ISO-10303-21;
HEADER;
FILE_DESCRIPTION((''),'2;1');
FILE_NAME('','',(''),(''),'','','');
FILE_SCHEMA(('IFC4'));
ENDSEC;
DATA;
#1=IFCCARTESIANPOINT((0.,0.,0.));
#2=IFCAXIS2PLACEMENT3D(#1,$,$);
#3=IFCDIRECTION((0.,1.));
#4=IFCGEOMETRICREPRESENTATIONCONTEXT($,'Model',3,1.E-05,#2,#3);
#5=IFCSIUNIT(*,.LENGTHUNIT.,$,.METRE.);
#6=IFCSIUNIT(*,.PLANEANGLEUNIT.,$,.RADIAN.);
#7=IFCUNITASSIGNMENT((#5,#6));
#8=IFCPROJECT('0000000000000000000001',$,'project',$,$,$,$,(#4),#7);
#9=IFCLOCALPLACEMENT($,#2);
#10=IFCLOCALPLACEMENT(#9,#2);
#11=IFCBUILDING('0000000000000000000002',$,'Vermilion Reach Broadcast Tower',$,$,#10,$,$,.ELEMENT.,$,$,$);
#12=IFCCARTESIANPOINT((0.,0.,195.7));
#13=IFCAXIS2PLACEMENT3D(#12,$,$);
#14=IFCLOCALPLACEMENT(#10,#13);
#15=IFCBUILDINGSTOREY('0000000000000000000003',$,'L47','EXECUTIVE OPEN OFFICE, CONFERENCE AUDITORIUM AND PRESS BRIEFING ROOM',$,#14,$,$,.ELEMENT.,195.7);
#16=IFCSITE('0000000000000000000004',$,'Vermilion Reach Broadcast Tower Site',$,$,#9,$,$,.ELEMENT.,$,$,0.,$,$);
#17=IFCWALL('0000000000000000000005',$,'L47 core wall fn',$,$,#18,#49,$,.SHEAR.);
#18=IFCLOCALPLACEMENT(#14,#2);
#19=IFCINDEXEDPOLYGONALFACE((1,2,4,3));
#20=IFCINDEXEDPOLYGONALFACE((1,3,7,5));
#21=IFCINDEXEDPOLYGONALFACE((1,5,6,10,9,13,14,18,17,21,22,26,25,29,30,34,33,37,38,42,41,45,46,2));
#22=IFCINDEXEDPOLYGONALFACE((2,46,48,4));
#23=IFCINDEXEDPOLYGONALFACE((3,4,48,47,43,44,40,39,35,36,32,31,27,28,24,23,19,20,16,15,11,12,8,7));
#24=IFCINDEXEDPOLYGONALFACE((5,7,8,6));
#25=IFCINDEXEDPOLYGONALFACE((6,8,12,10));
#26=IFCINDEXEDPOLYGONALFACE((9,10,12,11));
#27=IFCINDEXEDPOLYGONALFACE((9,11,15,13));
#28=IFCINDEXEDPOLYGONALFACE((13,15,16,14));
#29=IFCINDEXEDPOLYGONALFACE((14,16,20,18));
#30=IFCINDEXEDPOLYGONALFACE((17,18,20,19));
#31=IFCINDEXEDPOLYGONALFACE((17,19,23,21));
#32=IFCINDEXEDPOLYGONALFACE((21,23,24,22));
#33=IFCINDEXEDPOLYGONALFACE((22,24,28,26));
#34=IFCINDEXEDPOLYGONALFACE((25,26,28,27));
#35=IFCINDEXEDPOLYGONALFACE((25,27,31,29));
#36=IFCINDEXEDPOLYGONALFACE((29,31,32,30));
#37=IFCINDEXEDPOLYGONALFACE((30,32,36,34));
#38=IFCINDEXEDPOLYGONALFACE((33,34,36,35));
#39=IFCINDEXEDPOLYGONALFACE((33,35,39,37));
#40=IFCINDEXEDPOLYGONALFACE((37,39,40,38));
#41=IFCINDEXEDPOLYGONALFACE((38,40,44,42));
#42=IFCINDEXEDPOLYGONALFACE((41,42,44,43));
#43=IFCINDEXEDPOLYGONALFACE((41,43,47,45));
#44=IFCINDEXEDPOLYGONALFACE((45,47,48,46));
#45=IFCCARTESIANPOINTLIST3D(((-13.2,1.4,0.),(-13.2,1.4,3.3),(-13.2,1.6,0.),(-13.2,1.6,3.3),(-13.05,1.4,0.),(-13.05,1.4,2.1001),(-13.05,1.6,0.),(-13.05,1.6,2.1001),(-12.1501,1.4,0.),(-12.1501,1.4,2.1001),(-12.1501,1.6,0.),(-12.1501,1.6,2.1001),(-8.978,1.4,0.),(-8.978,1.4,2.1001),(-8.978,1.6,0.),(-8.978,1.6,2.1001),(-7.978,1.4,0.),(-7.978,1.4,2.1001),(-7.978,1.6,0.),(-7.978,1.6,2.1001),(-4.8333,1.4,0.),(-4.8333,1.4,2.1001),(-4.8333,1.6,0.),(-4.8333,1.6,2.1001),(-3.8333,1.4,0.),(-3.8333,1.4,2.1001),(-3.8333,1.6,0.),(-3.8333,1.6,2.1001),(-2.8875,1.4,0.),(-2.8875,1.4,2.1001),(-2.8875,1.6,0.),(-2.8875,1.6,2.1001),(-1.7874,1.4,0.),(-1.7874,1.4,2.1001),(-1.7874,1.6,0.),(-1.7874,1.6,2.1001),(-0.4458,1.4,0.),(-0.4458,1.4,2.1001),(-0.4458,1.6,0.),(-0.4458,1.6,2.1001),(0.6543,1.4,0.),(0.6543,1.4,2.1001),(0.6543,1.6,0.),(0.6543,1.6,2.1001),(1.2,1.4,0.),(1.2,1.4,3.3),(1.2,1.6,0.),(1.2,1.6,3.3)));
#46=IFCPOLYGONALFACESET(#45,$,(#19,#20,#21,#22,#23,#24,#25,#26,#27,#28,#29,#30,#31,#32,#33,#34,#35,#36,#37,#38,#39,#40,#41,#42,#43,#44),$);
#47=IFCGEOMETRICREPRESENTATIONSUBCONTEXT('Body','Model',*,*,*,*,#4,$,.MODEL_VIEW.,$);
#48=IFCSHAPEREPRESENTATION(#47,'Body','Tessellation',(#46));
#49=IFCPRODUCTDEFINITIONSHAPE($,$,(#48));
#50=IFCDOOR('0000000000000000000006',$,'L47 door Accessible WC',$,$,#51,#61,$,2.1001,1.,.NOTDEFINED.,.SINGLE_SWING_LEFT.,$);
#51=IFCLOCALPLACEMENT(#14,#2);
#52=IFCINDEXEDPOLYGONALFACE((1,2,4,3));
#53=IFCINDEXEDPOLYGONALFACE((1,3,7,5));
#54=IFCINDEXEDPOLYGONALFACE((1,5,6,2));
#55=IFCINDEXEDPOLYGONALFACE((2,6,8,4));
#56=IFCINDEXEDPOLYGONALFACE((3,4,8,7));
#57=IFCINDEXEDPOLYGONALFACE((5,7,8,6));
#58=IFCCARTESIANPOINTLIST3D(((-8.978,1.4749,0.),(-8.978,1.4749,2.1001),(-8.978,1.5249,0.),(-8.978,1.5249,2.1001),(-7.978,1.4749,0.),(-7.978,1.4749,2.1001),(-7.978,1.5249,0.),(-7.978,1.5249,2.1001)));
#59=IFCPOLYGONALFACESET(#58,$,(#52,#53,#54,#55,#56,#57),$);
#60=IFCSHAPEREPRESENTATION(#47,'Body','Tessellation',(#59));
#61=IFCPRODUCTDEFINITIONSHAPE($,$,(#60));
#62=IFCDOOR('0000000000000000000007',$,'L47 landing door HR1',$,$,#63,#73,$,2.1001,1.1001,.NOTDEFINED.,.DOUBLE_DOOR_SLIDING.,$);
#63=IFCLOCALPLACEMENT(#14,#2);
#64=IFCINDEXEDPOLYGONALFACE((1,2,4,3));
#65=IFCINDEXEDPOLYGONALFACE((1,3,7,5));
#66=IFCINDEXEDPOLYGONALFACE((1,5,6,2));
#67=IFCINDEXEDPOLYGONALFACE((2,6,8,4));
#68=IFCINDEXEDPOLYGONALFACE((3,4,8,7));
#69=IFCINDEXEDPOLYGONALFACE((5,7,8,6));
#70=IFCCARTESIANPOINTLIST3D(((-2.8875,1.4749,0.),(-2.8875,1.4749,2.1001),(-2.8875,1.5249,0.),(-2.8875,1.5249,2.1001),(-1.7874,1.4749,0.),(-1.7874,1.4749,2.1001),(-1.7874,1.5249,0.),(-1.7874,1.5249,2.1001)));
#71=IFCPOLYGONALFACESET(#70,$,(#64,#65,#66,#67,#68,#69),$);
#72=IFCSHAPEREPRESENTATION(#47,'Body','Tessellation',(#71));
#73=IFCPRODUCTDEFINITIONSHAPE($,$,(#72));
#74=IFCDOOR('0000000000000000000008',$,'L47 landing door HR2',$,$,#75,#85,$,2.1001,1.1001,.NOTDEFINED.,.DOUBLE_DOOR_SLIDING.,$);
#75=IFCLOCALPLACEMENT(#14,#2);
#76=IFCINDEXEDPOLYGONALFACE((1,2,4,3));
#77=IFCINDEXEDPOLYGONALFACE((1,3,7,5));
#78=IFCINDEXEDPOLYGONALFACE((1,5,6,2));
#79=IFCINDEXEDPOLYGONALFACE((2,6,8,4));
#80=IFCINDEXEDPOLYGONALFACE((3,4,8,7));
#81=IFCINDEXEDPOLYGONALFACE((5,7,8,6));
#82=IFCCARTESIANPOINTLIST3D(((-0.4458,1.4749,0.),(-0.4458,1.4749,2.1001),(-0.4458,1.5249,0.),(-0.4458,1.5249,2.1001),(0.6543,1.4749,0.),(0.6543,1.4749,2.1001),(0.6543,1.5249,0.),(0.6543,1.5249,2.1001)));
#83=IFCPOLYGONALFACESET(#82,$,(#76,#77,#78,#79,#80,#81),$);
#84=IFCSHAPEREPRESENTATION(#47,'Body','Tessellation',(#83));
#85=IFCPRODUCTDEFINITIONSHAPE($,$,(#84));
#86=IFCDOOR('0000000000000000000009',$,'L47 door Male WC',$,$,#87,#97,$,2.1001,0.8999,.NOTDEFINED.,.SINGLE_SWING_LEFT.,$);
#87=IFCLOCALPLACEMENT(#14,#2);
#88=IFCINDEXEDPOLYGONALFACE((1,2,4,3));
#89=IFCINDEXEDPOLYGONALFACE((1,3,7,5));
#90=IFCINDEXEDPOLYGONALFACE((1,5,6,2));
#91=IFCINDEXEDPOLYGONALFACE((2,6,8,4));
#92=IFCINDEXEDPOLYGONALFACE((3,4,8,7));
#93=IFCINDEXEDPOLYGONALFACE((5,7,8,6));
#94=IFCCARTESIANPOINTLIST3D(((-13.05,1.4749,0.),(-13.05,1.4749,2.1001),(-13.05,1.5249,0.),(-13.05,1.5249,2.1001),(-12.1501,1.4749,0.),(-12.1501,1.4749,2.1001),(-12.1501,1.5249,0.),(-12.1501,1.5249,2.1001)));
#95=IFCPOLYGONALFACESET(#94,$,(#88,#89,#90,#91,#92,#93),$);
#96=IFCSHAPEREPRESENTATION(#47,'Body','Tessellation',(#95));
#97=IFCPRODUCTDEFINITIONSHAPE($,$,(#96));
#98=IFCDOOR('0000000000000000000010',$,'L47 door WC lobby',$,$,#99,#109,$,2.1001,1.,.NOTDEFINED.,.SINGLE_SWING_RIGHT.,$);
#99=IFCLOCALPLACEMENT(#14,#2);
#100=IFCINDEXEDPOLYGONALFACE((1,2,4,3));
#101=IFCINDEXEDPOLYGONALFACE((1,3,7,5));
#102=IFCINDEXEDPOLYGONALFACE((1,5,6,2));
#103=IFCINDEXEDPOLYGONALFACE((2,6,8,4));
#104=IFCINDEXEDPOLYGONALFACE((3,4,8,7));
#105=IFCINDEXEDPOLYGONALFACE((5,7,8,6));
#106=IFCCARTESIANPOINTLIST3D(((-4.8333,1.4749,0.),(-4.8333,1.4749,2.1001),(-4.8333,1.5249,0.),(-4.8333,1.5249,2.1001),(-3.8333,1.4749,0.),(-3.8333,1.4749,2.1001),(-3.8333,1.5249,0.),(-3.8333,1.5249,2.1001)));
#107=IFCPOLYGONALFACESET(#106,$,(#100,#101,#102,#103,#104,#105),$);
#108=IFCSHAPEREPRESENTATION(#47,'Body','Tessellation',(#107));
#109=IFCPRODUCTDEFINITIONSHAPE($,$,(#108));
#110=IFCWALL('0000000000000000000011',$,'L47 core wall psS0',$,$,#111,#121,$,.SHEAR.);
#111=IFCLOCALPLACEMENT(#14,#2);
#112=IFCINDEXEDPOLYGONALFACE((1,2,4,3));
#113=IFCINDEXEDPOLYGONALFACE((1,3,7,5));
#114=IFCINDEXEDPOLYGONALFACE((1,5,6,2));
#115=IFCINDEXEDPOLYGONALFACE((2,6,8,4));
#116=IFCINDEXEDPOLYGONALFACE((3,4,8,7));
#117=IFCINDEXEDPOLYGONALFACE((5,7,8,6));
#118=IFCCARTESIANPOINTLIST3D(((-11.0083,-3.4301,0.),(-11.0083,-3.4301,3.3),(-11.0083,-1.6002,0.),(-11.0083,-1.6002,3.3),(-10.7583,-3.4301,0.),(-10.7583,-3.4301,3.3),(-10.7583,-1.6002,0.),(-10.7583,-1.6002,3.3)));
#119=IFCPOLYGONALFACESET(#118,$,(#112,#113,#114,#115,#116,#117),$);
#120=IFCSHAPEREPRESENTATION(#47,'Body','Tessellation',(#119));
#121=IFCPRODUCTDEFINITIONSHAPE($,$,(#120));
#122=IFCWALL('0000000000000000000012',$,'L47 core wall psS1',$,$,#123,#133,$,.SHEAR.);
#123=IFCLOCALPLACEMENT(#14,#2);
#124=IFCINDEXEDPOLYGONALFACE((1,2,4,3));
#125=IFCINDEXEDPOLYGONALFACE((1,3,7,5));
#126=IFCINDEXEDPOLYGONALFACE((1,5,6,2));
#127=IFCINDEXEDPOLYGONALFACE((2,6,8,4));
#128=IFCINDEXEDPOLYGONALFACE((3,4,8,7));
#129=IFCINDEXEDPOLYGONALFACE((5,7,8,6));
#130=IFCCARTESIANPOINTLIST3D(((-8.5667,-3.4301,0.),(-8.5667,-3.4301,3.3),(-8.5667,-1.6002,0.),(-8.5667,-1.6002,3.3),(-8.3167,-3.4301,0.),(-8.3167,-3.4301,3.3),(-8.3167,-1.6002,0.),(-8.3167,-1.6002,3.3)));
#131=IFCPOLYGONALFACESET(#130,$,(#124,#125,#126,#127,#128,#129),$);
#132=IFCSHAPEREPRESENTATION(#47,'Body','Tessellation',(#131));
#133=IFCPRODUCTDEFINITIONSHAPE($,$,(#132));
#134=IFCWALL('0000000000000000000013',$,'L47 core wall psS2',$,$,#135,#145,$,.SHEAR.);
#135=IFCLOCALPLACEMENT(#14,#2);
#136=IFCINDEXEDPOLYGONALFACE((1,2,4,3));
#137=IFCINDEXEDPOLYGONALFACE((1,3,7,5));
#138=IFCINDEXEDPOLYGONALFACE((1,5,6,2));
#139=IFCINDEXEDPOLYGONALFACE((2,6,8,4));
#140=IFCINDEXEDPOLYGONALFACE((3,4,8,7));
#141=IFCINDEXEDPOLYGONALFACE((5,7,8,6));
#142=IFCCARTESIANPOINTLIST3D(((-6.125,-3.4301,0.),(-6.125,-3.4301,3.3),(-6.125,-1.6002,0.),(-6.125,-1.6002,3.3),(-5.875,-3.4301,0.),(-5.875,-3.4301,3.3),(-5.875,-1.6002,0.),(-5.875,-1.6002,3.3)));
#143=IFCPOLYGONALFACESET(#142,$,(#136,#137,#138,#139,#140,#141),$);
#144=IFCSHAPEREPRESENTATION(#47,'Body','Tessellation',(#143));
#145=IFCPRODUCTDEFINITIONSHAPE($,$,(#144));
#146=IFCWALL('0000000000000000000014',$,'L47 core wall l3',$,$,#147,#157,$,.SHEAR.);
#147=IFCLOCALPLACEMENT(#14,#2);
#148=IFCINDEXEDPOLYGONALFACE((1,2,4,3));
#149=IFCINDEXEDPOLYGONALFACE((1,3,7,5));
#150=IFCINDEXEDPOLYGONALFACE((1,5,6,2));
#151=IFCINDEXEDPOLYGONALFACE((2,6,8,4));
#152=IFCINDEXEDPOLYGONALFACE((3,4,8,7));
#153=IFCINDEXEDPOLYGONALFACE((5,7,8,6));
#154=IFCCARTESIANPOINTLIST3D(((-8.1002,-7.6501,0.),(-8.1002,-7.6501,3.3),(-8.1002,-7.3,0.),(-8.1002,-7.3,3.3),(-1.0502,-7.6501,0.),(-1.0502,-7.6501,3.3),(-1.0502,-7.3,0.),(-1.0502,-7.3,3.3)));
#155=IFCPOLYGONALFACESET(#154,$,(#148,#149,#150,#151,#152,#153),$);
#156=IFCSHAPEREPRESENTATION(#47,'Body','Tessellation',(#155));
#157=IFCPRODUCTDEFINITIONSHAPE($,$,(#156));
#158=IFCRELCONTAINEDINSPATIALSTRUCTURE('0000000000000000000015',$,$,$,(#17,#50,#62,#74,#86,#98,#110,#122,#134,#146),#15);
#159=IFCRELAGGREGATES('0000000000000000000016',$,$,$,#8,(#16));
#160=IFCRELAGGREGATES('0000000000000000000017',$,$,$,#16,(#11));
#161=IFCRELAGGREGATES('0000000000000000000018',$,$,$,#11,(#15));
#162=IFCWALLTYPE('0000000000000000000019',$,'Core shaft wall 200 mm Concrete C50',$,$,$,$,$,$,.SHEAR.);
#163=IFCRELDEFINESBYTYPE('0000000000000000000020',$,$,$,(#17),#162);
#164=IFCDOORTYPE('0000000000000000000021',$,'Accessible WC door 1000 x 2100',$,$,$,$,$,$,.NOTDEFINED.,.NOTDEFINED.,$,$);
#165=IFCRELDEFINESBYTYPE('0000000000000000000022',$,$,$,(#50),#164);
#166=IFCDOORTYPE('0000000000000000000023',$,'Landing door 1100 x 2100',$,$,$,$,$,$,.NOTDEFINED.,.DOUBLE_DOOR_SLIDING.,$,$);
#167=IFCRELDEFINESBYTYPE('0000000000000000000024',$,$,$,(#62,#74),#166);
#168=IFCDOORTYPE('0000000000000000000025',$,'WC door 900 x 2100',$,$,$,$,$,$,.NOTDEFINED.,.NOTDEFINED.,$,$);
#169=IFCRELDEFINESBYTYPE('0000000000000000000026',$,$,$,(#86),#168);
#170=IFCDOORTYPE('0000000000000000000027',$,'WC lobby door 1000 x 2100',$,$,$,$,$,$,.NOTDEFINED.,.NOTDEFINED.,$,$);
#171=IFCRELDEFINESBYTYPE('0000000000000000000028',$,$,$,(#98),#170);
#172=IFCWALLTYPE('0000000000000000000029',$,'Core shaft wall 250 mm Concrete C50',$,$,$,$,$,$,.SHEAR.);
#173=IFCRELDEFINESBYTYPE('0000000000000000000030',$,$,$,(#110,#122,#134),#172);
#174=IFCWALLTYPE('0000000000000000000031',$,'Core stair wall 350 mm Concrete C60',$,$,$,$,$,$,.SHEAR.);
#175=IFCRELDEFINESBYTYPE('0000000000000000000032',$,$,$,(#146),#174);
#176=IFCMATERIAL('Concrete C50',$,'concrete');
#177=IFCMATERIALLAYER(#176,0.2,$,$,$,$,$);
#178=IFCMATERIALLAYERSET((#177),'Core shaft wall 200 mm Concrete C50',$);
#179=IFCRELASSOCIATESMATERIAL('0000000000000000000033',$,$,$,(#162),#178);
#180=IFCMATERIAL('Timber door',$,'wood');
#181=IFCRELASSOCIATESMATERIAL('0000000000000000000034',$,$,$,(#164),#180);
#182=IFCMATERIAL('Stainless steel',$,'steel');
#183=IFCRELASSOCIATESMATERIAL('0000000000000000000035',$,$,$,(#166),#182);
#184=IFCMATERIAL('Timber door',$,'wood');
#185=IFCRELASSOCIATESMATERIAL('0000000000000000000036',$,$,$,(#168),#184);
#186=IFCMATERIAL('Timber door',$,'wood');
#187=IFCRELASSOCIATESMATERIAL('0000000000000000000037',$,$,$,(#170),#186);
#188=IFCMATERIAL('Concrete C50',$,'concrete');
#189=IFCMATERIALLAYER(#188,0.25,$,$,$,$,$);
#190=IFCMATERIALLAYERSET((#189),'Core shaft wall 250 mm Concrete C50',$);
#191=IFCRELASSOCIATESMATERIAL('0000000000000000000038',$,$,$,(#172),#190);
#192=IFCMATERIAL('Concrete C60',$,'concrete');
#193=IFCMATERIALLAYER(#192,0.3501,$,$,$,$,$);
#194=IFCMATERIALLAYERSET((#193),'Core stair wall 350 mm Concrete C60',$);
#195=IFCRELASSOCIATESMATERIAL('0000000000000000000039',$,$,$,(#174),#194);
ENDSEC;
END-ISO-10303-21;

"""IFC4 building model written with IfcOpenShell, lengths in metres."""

from ifc_helpers import new_model, si_unit, direction, frame, frame_2d, origin, place, context, subcontext, project, spatial, rectangle, extrude, material, layer, layer_set, type_object, element, fill, save


model = new_model("IFC4")

# Units and contexts
model_context = context("Model", 3, precision=1e-05, world=origin(), true_north=direction((0.0, 1.0)))
body_context = subcontext(model_context, "Body", "Model", "MODEL_VIEW")
ifc_project = project(units=[si_unit("LENGTHUNIT", "METRE"), si_unit("PLANEANGLEUNIT", "RADIAN")], contexts=[model_context])

# Site, building, storey
site_placement = place(None, origin())
site = spatial("IfcSite", under=ifc_project, at=site_placement, Name="Vermilion Reach Broadcast Tower Site", CompositionType="ELEMENT", RefElevation=0.0)
building_placement = place(site_placement, origin())
building = spatial("IfcBuilding", under=site, at=building_placement, Name="Vermilion Reach Broadcast Tower", CompositionType="ELEMENT")
storey_placement = place(building_placement, frame((0.0, 0.0, 195.7)))
storey = spatial("IfcBuildingStorey", under=building, at=storey_placement, Name="L47", Description="EXECUTIVE OPEN OFFICE, CONFERENCE AUDITORIUM AND PRESS BRIEFING ROOM", CompositionType="ELEMENT", Elevation=195.7)

# Wall, openings, doors
ifc_material_1 = material(Name="Concrete C50", Category="concrete")
ifc_layer_1 = layer(ifc_material_1, 0.2)
ifc_layer_set_1 = layer_set([ifc_layer_1], Name="Core shaft wall 200 mm Concrete C50")
wall_type_1 = type_object("IfcWallType", Name="Core shaft wall 200 mm Concrete C50", PredefinedType="SHEAR", material=ifc_layer_set_1)
wall_1_placement = place(storey_placement, frame((-13.2, 1.5, 0.0), z_axis=(0.0, 0.0, 1.0), x_axis=(1.0, 0.0, 0.0)))
wall_1 = element("IfcWall", 1, at=wall_1_placement, inside=storey, type_object=wall_type_1, Name="L47 core wall fn", PredefinedType="SHEAR", context=body_context, shape_type="SweptSolid", body=[
    extrude(rectangle(XDim=14.3999, YDim=0.2, at=frame_2d((7.2, 0.0))), origin(), (0.0, 0.0, 1.0), 3.3),
])
opening_1_placement = place(wall_1_placement, frame((10.3125, 0.0, 0.0)))
opening_1 = element("IfcOpeningElement", 2, at=opening_1_placement, cuts=wall_1, PredefinedType="OPENING", context=body_context, shape_type="SweptSolid", body=[
    extrude(rectangle(XDim=1.1001, YDim=2.1001, at=frame_2d((0.55, 1.05))), frame((0.0, 0.1099, 0.0), z_axis=(0.0, -1.0, 0.0), x_axis=(1.0, 0.0, 0.0)), (0.0, 0.0, 1.0), 0.22),
])
opening_2_placement = place(wall_1_placement, frame((12.7542, 0.0, 0.0)))
opening_2 = element("IfcOpeningElement", 3, at=opening_2_placement, cuts=wall_1, PredefinedType="OPENING", context=body_context, shape_type="SweptSolid", body=[
    extrude(rectangle(XDim=1.1001, YDim=2.1001, at=frame_2d((0.55, 1.05))), frame((0.0, 0.1099, 0.0), z_axis=(0.0, -1.0, 0.0), x_axis=(1.0, 0.0, 0.0)), (0.0, 0.0, 1.0), 0.22),
])
opening_3_placement = place(wall_1_placement, frame((0.1499, 0.0, 0.0)))
opening_3 = element("IfcOpeningElement", 4, at=opening_3_placement, cuts=wall_1, PredefinedType="OPENING", context=body_context, shape_type="SweptSolid", body=[
    extrude(rectangle(XDim=0.8999, YDim=2.1001, at=frame_2d((0.45, 1.05))), frame((0.0, 0.1099, 0.0), z_axis=(0.0, -1.0, 0.0), x_axis=(1.0, 0.0, 0.0)), (0.0, 0.0, 1.0), 0.22),
])
opening_4_placement = place(wall_1_placement, frame((4.2219, 0.0, 0.0)))
opening_4 = element("IfcOpeningElement", 5, at=opening_4_placement, cuts=wall_1, PredefinedType="OPENING", context=body_context, shape_type="SweptSolid", body=[
    extrude(rectangle(XDim=1.0, YDim=2.1001, at=frame_2d((0.5, 1.05))), frame((0.0, 0.1099, 0.0), z_axis=(0.0, -1.0, 0.0), x_axis=(1.0, 0.0, 0.0)), (0.0, 0.0, 1.0), 0.22),
])
opening_5_placement = place(wall_1_placement, frame((8.3667, 0.0, 0.0)))
opening_5 = element("IfcOpeningElement", 6, at=opening_5_placement, cuts=wall_1, PredefinedType="OPENING", context=body_context, shape_type="SweptSolid", body=[
    extrude(rectangle(XDim=1.0, YDim=2.1001, at=frame_2d((0.5, 1.05))), frame((0.0, 0.1099, 0.0), z_axis=(0.0, -1.0, 0.0), x_axis=(1.0, 0.0, 0.0)), (0.0, 0.0, 1.0), 0.22),
])
ifc_material_2 = material(Name="Timber door", Category="wood")
door_type_1 = type_object("IfcDoorType", Name="Accessible WC door 1000 x 2100", OperationType="NOTDEFINED", PredefinedType="NOTDEFINED", material=ifc_material_2)
door_1_placement = place(opening_4_placement, origin())
door_1 = element("IfcDoor", 7, at=door_1_placement, inside=storey, type_object=door_type_1, Name="L47 door Accessible WC", OperationType="SINGLE_SWING_LEFT", OverallHeight=2.1001, OverallWidth=1.0, PredefinedType="NOTDEFINED", context=body_context, shape_type="SweptSolid", body=[
    extrude(rectangle(XDim=1.0, YDim=2.1001, at=frame_2d((0.5, 1.05))), frame((0.0, 0.0249, 0.0), z_axis=(0.0, -1.0, 0.0), x_axis=(1.0, 0.0, 0.0)), (0.0, 0.0, 1.0), 0.05),
])
fill(opening_4, door_1)
ifc_material_3 = material(Name="Stainless steel", Category="steel")
door_type_2 = type_object("IfcDoorType", Name="Landing door 1100 x 2100", OperationType="DOUBLE_DOOR_SLIDING", PredefinedType="NOTDEFINED", material=ifc_material_3)
door_2_placement = place(opening_1_placement, origin())
door_2 = element("IfcDoor", 8, at=door_2_placement, inside=storey, type_object=door_type_2, Name="L47 landing door HR1", OperationType="DOUBLE_DOOR_SLIDING", OverallHeight=2.1001, OverallWidth=1.1001, PredefinedType="NOTDEFINED", context=body_context, shape_type="SweptSolid", body=[
    extrude(rectangle(XDim=1.1001, YDim=2.1001, at=frame_2d((0.55, 1.05))), frame((0.0, 0.0249, 0.0), z_axis=(0.0, -1.0, 0.0), x_axis=(1.0, 0.0, 0.0)), (0.0, 0.0, 1.0), 0.05),
])
fill(opening_1, door_2)
door_3_placement = place(opening_2_placement, origin())
door_3 = element("IfcDoor", 9, at=door_3_placement, inside=storey, type_object=door_type_2, Name="L47 landing door HR2", OperationType="DOUBLE_DOOR_SLIDING", OverallHeight=2.1001, OverallWidth=1.1001, PredefinedType="NOTDEFINED", context=body_context, shape_type="SweptSolid", body=[
    extrude(rectangle(XDim=1.1001, YDim=2.1001, at=frame_2d((0.55, 1.05))), frame((0.0, 0.0249, 0.0), z_axis=(0.0, -1.0, 0.0), x_axis=(1.0, 0.0, 0.0)), (0.0, 0.0, 1.0), 0.05),
])
fill(opening_2, door_3)
ifc_material_4 = material(Name="Timber door", Category="wood")
door_type_3 = type_object("IfcDoorType", Name="WC door 900 x 2100", OperationType="NOTDEFINED", PredefinedType="NOTDEFINED", material=ifc_material_4)
door_4_placement = place(opening_3_placement, origin())
door_4 = element("IfcDoor", 10, at=door_4_placement, inside=storey, type_object=door_type_3, Name="L47 door Male WC", OperationType="SINGLE_SWING_LEFT", OverallHeight=2.1001, OverallWidth=0.8999, PredefinedType="NOTDEFINED", context=body_context, shape_type="SweptSolid", body=[
    extrude(rectangle(XDim=0.8999, YDim=2.1001, at=frame_2d((0.45, 1.05))), frame((0.0, 0.0249, 0.0), z_axis=(0.0, -1.0, 0.0), x_axis=(1.0, 0.0, 0.0)), (0.0, 0.0, 1.0), 0.05),
])
fill(opening_3, door_4)
ifc_material_5 = material(Name="Timber door", Category="wood")
door_type_4 = type_object("IfcDoorType", Name="WC lobby door 1000 x 2100", OperationType="NOTDEFINED", PredefinedType="NOTDEFINED", material=ifc_material_5)
door_5_placement = place(opening_5_placement, origin())
door_5 = element("IfcDoor", 11, at=door_5_placement, inside=storey, type_object=door_type_4, Name="L47 door WC lobby", OperationType="SINGLE_SWING_RIGHT", OverallHeight=2.1001, OverallWidth=1.0, PredefinedType="NOTDEFINED", context=body_context, shape_type="SweptSolid", body=[
    extrude(rectangle(XDim=1.0, YDim=2.1001, at=frame_2d((0.5, 1.05))), frame((0.0, 0.0249, 0.0), z_axis=(0.0, -1.0, 0.0), x_axis=(1.0, 0.0, 0.0)), (0.0, 0.0, 1.0), 0.05),
])
fill(opening_5, door_5)

# Walls
ifc_material_6 = material(Name="Concrete C50", Category="concrete")
ifc_layer_2 = layer(ifc_material_6, 0.25)
ifc_layer_set_2 = layer_set([ifc_layer_2], Name="Core shaft wall 250 mm Concrete C50")
wall_type_2 = type_object("IfcWallType", Name="Core shaft wall 250 mm Concrete C50", PredefinedType="SHEAR", material=ifc_layer_set_2)
for number, where, z_axis, x_axis, name in (
    (12, (-10.8833, -1.6001, 0.0), (0.0, 0.0, 1.0), (0.0, -1.0, 0.0), "L47 core wall psS0"),
    (13, (-8.4417, -1.6001, 0.0), (0.0, 0.0, 1.0), (0.0, -1.0, 0.0), "L47 core wall psS1"),
    (14, (-6.0, -1.6001, 0.0), (0.0, 0.0, 1.0), (0.0, -1.0, 0.0), "L47 core wall psS2"),
):
    element("IfcWall", number, at=place(storey_placement, frame(where, z_axis=z_axis, x_axis=x_axis)), inside=storey, type_object=wall_type_2, Name=name, PredefinedType="SHEAR", context=body_context, shape_type="SweptSolid", body=[
        extrude(rectangle(XDim=1.8298, YDim=0.25, at=frame_2d((0.915, 0.0))), origin(), (0.0, 0.0, 1.0), 3.3),
    ])
ifc_material_7 = material(Name="Concrete C60", Category="concrete")
ifc_layer_3 = layer(ifc_material_7, 0.3501)
ifc_layer_set_3 = layer_set([ifc_layer_3], Name="Core stair wall 350 mm Concrete C60")
wall_type_3 = type_object("IfcWallType", Name="Core stair wall 350 mm Concrete C60", PredefinedType="SHEAR", material=ifc_layer_set_3)
wall_2_placement = place(storey_placement, frame((-8.1001, -7.4751, 0.0), z_axis=(0.0, 0.0, 1.0), x_axis=(1.0, 0.0, 0.0)))
element("IfcWall", 15, at=wall_2_placement, inside=storey, type_object=wall_type_3, Name="L47 core wall l3", PredefinedType="SHEAR", context=body_context, shape_type="SweptSolid", body=[
    extrude(rectangle(XDim=7.05, YDim=0.3501, at=frame_2d((3.5249, 0.0))), origin(), (0.0, 0.0, 1.0), 3.3),
])

save(model, "model.ifc")
